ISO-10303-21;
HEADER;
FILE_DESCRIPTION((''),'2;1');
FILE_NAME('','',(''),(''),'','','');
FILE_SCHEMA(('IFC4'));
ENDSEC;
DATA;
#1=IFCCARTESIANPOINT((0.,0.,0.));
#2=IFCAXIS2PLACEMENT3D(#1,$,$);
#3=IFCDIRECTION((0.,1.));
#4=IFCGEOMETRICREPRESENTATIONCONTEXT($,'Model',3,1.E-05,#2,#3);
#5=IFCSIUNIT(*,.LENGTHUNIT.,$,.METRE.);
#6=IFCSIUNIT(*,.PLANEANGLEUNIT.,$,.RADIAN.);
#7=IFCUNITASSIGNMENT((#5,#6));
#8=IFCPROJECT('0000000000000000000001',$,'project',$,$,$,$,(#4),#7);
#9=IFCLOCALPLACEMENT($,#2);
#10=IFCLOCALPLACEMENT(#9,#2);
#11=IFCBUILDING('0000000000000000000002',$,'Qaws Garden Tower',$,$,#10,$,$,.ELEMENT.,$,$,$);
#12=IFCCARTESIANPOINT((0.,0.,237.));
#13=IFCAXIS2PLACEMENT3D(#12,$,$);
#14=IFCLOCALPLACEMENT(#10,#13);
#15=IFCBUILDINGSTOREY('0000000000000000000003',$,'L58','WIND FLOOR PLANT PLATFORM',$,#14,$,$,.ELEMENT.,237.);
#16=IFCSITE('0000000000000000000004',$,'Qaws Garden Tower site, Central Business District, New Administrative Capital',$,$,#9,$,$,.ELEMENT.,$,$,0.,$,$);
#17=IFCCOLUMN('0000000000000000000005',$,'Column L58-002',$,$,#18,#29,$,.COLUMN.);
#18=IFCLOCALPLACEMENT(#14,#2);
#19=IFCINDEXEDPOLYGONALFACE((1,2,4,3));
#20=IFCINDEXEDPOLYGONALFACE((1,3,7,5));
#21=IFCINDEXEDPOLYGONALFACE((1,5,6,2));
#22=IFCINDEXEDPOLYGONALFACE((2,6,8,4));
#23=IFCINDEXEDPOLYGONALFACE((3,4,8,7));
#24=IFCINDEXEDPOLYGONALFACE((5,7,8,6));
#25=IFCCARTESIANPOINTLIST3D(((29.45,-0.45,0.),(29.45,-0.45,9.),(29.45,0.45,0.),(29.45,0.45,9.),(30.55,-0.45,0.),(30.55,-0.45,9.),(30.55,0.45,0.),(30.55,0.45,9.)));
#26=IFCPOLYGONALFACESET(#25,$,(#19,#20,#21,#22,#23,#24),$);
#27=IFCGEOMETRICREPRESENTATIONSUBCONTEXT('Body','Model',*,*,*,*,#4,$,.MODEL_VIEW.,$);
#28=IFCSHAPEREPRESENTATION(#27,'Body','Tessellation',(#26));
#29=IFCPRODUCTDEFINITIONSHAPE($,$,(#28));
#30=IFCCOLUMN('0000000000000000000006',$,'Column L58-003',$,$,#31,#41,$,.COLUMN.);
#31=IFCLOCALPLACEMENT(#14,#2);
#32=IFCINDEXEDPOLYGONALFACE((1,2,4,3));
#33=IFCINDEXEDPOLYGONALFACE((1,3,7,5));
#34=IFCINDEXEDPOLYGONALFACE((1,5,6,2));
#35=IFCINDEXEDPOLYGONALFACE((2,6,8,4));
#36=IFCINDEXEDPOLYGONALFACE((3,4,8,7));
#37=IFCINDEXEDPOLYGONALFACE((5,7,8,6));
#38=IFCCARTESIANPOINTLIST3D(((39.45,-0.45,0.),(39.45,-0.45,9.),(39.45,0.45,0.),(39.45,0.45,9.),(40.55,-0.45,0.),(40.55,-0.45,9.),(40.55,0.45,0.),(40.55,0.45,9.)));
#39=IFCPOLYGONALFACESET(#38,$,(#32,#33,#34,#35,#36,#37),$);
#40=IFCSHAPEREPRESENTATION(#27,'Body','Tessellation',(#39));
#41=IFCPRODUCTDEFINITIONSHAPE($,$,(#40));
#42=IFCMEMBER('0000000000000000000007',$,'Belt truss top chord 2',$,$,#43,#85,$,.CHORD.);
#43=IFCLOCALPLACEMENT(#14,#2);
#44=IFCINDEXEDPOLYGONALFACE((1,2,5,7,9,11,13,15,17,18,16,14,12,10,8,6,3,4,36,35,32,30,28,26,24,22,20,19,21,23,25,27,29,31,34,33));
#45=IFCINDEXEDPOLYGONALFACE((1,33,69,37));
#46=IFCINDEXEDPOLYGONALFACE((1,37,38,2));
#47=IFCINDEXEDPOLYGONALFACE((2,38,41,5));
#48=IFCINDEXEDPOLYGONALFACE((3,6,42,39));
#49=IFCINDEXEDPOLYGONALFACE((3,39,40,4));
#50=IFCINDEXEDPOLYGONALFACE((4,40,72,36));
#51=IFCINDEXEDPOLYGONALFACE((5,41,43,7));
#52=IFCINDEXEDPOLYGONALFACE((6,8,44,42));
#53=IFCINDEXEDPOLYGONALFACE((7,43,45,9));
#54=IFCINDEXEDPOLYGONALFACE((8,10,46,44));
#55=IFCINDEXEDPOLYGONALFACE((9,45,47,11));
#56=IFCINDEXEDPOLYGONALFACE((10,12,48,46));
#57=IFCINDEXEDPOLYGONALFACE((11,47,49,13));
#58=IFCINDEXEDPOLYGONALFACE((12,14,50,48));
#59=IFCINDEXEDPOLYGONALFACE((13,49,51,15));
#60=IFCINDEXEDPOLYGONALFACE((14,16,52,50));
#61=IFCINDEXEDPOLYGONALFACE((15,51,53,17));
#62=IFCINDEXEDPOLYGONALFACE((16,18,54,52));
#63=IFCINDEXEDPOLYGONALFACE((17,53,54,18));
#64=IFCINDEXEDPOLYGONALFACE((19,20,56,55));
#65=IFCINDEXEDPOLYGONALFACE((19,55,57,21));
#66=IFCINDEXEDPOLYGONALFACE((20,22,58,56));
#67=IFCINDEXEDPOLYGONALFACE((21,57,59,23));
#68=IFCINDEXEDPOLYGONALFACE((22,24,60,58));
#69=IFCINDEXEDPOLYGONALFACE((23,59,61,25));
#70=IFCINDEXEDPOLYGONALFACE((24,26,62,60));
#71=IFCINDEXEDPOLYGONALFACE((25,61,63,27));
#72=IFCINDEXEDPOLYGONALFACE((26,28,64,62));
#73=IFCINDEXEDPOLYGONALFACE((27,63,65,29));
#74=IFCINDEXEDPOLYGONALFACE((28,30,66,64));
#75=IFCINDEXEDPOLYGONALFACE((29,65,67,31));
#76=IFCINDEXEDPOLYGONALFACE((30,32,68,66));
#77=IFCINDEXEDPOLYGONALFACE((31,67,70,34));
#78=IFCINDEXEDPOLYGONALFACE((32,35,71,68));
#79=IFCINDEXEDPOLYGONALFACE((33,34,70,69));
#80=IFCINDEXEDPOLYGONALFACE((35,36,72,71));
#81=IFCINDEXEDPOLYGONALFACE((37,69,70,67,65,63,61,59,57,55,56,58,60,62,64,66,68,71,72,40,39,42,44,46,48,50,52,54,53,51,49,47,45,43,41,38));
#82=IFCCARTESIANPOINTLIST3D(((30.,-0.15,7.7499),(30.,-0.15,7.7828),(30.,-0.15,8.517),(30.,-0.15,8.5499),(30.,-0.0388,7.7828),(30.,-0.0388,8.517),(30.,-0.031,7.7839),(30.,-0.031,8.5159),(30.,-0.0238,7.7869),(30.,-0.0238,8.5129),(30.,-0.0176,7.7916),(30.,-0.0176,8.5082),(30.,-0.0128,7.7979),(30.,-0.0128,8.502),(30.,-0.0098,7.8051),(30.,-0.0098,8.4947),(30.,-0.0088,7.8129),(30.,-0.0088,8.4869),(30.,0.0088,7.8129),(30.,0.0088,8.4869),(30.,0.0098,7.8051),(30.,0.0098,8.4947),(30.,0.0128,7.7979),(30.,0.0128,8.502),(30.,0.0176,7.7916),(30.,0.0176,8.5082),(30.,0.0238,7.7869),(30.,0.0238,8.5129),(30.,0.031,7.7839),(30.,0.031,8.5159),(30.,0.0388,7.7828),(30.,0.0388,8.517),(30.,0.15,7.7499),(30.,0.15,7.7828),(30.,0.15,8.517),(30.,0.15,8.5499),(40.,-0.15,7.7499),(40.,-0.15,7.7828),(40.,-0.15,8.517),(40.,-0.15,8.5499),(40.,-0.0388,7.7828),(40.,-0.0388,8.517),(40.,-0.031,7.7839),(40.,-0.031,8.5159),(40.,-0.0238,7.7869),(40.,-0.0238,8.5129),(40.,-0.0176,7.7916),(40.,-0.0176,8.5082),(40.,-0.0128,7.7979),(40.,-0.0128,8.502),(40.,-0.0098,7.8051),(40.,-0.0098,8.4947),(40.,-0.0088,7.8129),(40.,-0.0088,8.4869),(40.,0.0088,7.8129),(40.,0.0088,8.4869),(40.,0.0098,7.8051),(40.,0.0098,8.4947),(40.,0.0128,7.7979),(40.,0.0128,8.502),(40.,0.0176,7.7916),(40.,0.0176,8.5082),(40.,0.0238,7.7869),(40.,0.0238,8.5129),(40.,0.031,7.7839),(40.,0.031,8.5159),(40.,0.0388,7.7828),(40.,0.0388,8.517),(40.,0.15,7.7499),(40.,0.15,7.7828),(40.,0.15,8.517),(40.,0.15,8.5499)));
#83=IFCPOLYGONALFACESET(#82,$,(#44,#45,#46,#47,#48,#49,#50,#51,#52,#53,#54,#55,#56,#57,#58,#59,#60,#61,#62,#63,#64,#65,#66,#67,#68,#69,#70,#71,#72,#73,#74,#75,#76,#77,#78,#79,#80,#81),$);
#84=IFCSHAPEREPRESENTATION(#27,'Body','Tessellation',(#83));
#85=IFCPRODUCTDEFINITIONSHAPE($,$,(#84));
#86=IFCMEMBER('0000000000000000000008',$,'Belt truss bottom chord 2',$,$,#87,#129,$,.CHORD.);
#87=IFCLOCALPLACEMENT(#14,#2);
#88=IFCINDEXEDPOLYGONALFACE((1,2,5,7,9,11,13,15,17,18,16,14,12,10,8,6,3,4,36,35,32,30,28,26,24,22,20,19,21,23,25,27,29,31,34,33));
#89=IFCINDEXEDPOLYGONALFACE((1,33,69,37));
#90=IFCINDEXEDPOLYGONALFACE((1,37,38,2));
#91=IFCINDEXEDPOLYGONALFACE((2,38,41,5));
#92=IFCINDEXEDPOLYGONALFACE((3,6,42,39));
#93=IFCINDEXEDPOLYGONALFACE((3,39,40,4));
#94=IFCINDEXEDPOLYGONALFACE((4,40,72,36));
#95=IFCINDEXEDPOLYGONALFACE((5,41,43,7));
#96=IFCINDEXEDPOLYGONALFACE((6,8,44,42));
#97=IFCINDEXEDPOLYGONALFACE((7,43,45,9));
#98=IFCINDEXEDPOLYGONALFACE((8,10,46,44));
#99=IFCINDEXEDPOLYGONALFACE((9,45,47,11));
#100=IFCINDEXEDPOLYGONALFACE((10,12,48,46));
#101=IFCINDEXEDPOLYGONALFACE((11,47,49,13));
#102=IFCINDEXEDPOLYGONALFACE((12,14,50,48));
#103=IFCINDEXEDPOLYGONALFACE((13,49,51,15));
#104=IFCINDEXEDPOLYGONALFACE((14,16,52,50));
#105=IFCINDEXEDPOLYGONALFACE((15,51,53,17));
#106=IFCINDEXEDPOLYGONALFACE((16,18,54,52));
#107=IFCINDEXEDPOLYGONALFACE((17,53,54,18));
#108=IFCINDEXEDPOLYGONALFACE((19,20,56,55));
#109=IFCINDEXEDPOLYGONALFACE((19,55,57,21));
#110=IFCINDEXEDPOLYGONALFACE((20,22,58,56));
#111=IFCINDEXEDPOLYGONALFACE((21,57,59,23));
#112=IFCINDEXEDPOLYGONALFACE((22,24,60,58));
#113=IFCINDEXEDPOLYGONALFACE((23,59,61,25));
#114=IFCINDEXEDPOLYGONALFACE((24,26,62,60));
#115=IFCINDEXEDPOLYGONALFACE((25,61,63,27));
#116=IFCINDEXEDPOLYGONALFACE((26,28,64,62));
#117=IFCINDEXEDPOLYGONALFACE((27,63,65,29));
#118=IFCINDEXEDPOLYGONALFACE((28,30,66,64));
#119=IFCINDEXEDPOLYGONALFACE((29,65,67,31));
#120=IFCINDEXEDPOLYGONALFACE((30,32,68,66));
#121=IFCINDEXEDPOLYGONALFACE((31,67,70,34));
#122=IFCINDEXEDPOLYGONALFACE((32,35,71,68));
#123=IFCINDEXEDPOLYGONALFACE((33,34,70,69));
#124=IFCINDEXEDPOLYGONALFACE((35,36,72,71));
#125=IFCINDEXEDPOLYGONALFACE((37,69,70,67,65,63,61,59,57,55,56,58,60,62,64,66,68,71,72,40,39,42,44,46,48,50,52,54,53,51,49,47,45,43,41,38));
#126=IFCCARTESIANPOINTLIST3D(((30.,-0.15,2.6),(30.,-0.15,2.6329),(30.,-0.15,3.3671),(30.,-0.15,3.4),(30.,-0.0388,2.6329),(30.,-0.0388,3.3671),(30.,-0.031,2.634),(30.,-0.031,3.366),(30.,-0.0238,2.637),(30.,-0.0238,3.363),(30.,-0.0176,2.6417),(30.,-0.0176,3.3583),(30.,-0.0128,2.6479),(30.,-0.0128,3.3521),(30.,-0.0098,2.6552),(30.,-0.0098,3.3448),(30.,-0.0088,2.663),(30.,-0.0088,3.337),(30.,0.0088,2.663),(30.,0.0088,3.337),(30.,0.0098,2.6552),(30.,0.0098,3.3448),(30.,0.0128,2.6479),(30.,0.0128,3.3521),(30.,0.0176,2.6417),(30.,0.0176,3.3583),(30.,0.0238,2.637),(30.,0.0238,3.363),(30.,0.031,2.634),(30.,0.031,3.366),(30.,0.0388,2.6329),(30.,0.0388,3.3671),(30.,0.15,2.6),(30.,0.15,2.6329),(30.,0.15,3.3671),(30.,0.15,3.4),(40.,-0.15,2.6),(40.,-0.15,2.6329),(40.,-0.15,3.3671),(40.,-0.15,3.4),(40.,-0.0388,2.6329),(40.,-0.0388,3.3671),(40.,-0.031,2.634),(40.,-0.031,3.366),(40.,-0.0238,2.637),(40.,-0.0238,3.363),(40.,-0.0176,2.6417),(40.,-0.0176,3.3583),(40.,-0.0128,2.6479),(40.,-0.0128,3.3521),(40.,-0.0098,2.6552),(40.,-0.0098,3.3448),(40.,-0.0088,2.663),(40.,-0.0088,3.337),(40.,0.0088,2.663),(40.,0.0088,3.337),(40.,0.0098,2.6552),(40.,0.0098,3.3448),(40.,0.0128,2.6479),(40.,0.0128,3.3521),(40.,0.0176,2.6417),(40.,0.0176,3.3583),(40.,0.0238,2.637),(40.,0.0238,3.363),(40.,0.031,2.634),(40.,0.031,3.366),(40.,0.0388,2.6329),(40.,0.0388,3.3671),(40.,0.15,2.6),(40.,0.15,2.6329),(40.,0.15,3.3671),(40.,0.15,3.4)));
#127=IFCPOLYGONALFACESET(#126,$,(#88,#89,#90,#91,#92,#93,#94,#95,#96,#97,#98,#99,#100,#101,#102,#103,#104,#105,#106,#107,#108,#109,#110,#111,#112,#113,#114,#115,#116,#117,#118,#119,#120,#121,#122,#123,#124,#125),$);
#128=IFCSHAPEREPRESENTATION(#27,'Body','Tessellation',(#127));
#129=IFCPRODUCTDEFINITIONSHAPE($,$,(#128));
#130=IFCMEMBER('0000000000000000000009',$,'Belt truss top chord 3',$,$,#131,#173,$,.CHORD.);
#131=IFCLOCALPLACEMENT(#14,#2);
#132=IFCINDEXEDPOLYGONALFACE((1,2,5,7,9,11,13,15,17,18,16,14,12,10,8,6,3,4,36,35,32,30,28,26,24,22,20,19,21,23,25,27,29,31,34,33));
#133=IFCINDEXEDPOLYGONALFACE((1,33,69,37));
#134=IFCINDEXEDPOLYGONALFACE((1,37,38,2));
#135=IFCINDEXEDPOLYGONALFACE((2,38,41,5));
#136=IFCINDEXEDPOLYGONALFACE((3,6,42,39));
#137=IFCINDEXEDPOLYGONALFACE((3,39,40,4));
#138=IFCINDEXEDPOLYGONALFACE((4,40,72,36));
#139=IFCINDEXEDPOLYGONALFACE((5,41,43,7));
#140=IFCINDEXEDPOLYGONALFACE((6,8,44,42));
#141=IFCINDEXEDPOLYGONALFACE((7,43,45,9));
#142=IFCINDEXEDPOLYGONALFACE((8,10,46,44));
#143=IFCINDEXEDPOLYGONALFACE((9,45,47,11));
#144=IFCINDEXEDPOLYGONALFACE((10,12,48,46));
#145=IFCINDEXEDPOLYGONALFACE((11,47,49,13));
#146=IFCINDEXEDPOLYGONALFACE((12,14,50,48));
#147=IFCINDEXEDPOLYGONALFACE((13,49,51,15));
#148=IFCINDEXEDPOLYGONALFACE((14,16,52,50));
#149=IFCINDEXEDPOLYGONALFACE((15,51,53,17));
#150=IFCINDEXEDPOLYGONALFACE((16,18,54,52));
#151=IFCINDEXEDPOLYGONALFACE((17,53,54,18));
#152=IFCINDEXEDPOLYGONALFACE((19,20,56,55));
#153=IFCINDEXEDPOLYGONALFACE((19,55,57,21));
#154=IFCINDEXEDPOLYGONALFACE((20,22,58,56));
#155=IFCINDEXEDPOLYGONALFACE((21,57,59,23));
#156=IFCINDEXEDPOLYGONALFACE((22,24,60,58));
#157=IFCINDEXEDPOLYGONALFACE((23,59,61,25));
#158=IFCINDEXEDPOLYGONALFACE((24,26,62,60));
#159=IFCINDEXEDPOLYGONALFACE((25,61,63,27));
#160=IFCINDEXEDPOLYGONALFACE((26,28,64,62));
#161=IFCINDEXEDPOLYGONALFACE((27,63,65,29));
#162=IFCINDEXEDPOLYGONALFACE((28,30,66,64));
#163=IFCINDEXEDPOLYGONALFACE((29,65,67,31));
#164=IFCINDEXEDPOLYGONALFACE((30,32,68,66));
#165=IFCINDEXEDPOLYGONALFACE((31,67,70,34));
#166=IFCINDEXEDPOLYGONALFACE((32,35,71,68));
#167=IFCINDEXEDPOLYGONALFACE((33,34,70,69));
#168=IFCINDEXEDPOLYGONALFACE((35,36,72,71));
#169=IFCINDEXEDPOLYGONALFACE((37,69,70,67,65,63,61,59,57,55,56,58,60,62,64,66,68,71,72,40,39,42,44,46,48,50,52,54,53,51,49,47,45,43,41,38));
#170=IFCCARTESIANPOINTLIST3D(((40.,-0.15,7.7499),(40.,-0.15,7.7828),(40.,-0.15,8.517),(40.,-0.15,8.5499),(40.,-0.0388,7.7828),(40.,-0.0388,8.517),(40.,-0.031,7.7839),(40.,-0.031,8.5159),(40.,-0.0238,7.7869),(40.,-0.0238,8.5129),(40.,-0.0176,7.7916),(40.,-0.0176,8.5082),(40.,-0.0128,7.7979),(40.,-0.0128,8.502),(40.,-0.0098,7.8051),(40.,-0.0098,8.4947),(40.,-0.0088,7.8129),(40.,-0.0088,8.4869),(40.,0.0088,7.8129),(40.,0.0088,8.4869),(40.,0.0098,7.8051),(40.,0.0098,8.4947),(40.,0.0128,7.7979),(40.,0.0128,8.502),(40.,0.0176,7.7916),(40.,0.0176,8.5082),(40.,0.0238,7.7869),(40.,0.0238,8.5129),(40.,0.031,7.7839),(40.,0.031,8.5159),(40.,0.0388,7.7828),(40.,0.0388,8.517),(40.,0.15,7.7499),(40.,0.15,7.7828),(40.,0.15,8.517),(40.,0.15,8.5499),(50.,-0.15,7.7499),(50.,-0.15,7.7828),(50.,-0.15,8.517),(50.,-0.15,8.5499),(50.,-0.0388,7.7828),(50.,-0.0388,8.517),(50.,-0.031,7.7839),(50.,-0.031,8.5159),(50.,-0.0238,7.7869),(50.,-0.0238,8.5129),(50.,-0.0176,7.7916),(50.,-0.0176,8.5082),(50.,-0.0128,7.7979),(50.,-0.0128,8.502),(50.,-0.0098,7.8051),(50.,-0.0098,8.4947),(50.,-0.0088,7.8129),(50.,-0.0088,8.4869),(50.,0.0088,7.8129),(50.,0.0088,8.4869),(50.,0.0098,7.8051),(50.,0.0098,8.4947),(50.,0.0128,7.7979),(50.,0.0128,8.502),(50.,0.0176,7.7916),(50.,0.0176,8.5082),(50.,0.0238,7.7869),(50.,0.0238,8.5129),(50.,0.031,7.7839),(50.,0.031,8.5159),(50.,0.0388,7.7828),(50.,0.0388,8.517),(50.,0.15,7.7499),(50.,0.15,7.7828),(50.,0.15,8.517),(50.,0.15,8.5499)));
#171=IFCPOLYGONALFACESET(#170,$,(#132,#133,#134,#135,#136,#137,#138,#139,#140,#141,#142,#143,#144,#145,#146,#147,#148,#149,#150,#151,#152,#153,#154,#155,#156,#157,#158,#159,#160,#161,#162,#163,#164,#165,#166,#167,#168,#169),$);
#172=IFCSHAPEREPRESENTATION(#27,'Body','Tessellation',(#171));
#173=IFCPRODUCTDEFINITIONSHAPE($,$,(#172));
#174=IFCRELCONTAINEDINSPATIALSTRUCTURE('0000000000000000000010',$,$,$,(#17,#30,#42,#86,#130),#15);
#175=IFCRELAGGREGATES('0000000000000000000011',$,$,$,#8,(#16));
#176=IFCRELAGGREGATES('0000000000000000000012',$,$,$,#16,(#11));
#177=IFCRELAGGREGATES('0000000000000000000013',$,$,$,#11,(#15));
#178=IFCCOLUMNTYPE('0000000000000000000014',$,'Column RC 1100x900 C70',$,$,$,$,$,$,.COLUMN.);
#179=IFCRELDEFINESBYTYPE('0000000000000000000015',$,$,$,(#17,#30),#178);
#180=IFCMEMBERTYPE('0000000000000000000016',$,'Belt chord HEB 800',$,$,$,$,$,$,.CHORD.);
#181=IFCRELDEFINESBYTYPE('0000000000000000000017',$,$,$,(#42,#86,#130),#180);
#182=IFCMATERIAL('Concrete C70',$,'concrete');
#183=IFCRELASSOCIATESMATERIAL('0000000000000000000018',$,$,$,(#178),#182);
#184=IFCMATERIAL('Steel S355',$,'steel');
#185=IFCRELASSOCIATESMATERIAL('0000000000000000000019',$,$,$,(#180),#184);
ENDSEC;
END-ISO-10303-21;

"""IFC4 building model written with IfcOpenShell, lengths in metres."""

from ifc_helpers import new_model, si_unit, direction, frame, origin, origin_2d, place, context, subcontext, project, spatial, rectangle, i_section, extrude, material, material_profile, profile_set, type_object, element, save


model = new_model("IFC4")

# Units and contexts
model_context = context("Model", 3, precision=1e-05, world=origin(), true_north=direction((0.0, 1.0)))
body_context = subcontext(model_context, "Body", "Model", "MODEL_VIEW")
ifc_project = project(units=[si_unit("LENGTHUNIT", "METRE"), si_unit("PLANEANGLEUNIT", "RADIAN")], contexts=[model_context])

# Site, building, storey
site_placement = place(None, origin())
site = spatial("IfcSite", under=ifc_project, at=site_placement, Name="Qaws Garden Tower site, Central Business District, New Administrative Capital", CompositionType="ELEMENT", RefElevation=0.0)
building_placement = place(site_placement, origin())
building = spatial("IfcBuilding", under=site, at=building_placement, Name="Qaws Garden Tower", CompositionType="ELEMENT")
storey_placement = place(building_placement, frame((0.0, 0.0, 237.0)))
storey = spatial("IfcBuildingStorey", under=building, at=storey_placement, Name="L58", Description="WIND FLOOR PLANT PLATFORM", CompositionType="ELEMENT", Elevation=237.0)

# Columns
ifc_material_1 = material(Name="Concrete C70", Category="concrete")
ifc_material_profile_1 = material_profile(ifc_material_1, rectangle(XDim=1.1001, YDim=0.8999, at=origin_2d()), Name="RC 1100x900")
ifc_profile_set_1 = profile_set([ifc_material_profile_1], Name="Concrete C70")
column_type = type_object("IfcColumnType", Name="Column RC 1100x900 C70", PredefinedType="COLUMN", material=ifc_profile_set_1)
for number, where, z_axis, x_axis, name in (
    (1, (30.0, 0.0, 0.0), (0.0, 0.0, 1.0), (1.0, 0.0, 0.0), "Column L58-002"),
    (2, (40.0, 0.0, 0.0), (0.0, 0.0, 1.0), (1.0, 0.0, 0.0), "Column L58-003"),
):
    element("IfcColumn", number, at=place(storey_placement, frame(where, z_axis=z_axis, x_axis=x_axis)), inside=storey, type_object=column_type, Name=name, PredefinedType="COLUMN", context=body_context, shape_type="SweptSolid", body=[
        extrude(rectangle(XDim=1.1001, YDim=0.8999, at=origin_2d()), origin(), (0.0, 0.0, 1.0), 9.0),
    ])

# Members
ifc_material_2 = material(Name="Steel S355", Category="steel")
ifc_material_profile_2 = material_profile(ifc_material_2, i_section(OverallWidth=0.3, OverallDepth=0.8, WebThickness=0.0176, FlangeThickness=0.033, FilletRadius=0.03, at=origin_2d()), Name="HEB 800")
ifc_profile_set_2 = profile_set([ifc_material_profile_2], Name="Steel S355")
member_type_1 = type_object("IfcMemberType", Name="Belt chord HEB 800", PredefinedType="CHORD", material=ifc_profile_set_2)
for number, where, z_axis, x_axis, name in (
    (3, (30.0, 0.0, 8.1499), (1.0, 0.0, 0.0), (0.0, 1.0, 0.0), "Belt truss top chord 2"),
    (4, (30.0, 0.0, 3.0), (1.0, 0.0, 0.0), (0.0, 1.0, 0.0), "Belt truss bottom chord 2"),
    (5, (40.0, 0.0, 8.1499), (1.0, 0.0, 0.0), (0.0, 1.0, 0.0), "Belt truss top chord 3"),
):
    element("IfcMember", number, at=place(storey_placement, frame(where, z_axis=z_axis, x_axis=x_axis)), inside=storey, type_object=member_type_1, Name=name, PredefinedType="CHORD", context=body_context, shape_type="SweptSolid", body=[
        extrude(i_section(OverallWidth=0.3, OverallDepth=0.8, WebThickness=0.0176, FlangeThickness=0.033, FilletRadius=0.03, at=origin_2d()), origin(), (0.0, 0.0, 1.0), 10.0),
    ])

save(model, "model.ifc")
